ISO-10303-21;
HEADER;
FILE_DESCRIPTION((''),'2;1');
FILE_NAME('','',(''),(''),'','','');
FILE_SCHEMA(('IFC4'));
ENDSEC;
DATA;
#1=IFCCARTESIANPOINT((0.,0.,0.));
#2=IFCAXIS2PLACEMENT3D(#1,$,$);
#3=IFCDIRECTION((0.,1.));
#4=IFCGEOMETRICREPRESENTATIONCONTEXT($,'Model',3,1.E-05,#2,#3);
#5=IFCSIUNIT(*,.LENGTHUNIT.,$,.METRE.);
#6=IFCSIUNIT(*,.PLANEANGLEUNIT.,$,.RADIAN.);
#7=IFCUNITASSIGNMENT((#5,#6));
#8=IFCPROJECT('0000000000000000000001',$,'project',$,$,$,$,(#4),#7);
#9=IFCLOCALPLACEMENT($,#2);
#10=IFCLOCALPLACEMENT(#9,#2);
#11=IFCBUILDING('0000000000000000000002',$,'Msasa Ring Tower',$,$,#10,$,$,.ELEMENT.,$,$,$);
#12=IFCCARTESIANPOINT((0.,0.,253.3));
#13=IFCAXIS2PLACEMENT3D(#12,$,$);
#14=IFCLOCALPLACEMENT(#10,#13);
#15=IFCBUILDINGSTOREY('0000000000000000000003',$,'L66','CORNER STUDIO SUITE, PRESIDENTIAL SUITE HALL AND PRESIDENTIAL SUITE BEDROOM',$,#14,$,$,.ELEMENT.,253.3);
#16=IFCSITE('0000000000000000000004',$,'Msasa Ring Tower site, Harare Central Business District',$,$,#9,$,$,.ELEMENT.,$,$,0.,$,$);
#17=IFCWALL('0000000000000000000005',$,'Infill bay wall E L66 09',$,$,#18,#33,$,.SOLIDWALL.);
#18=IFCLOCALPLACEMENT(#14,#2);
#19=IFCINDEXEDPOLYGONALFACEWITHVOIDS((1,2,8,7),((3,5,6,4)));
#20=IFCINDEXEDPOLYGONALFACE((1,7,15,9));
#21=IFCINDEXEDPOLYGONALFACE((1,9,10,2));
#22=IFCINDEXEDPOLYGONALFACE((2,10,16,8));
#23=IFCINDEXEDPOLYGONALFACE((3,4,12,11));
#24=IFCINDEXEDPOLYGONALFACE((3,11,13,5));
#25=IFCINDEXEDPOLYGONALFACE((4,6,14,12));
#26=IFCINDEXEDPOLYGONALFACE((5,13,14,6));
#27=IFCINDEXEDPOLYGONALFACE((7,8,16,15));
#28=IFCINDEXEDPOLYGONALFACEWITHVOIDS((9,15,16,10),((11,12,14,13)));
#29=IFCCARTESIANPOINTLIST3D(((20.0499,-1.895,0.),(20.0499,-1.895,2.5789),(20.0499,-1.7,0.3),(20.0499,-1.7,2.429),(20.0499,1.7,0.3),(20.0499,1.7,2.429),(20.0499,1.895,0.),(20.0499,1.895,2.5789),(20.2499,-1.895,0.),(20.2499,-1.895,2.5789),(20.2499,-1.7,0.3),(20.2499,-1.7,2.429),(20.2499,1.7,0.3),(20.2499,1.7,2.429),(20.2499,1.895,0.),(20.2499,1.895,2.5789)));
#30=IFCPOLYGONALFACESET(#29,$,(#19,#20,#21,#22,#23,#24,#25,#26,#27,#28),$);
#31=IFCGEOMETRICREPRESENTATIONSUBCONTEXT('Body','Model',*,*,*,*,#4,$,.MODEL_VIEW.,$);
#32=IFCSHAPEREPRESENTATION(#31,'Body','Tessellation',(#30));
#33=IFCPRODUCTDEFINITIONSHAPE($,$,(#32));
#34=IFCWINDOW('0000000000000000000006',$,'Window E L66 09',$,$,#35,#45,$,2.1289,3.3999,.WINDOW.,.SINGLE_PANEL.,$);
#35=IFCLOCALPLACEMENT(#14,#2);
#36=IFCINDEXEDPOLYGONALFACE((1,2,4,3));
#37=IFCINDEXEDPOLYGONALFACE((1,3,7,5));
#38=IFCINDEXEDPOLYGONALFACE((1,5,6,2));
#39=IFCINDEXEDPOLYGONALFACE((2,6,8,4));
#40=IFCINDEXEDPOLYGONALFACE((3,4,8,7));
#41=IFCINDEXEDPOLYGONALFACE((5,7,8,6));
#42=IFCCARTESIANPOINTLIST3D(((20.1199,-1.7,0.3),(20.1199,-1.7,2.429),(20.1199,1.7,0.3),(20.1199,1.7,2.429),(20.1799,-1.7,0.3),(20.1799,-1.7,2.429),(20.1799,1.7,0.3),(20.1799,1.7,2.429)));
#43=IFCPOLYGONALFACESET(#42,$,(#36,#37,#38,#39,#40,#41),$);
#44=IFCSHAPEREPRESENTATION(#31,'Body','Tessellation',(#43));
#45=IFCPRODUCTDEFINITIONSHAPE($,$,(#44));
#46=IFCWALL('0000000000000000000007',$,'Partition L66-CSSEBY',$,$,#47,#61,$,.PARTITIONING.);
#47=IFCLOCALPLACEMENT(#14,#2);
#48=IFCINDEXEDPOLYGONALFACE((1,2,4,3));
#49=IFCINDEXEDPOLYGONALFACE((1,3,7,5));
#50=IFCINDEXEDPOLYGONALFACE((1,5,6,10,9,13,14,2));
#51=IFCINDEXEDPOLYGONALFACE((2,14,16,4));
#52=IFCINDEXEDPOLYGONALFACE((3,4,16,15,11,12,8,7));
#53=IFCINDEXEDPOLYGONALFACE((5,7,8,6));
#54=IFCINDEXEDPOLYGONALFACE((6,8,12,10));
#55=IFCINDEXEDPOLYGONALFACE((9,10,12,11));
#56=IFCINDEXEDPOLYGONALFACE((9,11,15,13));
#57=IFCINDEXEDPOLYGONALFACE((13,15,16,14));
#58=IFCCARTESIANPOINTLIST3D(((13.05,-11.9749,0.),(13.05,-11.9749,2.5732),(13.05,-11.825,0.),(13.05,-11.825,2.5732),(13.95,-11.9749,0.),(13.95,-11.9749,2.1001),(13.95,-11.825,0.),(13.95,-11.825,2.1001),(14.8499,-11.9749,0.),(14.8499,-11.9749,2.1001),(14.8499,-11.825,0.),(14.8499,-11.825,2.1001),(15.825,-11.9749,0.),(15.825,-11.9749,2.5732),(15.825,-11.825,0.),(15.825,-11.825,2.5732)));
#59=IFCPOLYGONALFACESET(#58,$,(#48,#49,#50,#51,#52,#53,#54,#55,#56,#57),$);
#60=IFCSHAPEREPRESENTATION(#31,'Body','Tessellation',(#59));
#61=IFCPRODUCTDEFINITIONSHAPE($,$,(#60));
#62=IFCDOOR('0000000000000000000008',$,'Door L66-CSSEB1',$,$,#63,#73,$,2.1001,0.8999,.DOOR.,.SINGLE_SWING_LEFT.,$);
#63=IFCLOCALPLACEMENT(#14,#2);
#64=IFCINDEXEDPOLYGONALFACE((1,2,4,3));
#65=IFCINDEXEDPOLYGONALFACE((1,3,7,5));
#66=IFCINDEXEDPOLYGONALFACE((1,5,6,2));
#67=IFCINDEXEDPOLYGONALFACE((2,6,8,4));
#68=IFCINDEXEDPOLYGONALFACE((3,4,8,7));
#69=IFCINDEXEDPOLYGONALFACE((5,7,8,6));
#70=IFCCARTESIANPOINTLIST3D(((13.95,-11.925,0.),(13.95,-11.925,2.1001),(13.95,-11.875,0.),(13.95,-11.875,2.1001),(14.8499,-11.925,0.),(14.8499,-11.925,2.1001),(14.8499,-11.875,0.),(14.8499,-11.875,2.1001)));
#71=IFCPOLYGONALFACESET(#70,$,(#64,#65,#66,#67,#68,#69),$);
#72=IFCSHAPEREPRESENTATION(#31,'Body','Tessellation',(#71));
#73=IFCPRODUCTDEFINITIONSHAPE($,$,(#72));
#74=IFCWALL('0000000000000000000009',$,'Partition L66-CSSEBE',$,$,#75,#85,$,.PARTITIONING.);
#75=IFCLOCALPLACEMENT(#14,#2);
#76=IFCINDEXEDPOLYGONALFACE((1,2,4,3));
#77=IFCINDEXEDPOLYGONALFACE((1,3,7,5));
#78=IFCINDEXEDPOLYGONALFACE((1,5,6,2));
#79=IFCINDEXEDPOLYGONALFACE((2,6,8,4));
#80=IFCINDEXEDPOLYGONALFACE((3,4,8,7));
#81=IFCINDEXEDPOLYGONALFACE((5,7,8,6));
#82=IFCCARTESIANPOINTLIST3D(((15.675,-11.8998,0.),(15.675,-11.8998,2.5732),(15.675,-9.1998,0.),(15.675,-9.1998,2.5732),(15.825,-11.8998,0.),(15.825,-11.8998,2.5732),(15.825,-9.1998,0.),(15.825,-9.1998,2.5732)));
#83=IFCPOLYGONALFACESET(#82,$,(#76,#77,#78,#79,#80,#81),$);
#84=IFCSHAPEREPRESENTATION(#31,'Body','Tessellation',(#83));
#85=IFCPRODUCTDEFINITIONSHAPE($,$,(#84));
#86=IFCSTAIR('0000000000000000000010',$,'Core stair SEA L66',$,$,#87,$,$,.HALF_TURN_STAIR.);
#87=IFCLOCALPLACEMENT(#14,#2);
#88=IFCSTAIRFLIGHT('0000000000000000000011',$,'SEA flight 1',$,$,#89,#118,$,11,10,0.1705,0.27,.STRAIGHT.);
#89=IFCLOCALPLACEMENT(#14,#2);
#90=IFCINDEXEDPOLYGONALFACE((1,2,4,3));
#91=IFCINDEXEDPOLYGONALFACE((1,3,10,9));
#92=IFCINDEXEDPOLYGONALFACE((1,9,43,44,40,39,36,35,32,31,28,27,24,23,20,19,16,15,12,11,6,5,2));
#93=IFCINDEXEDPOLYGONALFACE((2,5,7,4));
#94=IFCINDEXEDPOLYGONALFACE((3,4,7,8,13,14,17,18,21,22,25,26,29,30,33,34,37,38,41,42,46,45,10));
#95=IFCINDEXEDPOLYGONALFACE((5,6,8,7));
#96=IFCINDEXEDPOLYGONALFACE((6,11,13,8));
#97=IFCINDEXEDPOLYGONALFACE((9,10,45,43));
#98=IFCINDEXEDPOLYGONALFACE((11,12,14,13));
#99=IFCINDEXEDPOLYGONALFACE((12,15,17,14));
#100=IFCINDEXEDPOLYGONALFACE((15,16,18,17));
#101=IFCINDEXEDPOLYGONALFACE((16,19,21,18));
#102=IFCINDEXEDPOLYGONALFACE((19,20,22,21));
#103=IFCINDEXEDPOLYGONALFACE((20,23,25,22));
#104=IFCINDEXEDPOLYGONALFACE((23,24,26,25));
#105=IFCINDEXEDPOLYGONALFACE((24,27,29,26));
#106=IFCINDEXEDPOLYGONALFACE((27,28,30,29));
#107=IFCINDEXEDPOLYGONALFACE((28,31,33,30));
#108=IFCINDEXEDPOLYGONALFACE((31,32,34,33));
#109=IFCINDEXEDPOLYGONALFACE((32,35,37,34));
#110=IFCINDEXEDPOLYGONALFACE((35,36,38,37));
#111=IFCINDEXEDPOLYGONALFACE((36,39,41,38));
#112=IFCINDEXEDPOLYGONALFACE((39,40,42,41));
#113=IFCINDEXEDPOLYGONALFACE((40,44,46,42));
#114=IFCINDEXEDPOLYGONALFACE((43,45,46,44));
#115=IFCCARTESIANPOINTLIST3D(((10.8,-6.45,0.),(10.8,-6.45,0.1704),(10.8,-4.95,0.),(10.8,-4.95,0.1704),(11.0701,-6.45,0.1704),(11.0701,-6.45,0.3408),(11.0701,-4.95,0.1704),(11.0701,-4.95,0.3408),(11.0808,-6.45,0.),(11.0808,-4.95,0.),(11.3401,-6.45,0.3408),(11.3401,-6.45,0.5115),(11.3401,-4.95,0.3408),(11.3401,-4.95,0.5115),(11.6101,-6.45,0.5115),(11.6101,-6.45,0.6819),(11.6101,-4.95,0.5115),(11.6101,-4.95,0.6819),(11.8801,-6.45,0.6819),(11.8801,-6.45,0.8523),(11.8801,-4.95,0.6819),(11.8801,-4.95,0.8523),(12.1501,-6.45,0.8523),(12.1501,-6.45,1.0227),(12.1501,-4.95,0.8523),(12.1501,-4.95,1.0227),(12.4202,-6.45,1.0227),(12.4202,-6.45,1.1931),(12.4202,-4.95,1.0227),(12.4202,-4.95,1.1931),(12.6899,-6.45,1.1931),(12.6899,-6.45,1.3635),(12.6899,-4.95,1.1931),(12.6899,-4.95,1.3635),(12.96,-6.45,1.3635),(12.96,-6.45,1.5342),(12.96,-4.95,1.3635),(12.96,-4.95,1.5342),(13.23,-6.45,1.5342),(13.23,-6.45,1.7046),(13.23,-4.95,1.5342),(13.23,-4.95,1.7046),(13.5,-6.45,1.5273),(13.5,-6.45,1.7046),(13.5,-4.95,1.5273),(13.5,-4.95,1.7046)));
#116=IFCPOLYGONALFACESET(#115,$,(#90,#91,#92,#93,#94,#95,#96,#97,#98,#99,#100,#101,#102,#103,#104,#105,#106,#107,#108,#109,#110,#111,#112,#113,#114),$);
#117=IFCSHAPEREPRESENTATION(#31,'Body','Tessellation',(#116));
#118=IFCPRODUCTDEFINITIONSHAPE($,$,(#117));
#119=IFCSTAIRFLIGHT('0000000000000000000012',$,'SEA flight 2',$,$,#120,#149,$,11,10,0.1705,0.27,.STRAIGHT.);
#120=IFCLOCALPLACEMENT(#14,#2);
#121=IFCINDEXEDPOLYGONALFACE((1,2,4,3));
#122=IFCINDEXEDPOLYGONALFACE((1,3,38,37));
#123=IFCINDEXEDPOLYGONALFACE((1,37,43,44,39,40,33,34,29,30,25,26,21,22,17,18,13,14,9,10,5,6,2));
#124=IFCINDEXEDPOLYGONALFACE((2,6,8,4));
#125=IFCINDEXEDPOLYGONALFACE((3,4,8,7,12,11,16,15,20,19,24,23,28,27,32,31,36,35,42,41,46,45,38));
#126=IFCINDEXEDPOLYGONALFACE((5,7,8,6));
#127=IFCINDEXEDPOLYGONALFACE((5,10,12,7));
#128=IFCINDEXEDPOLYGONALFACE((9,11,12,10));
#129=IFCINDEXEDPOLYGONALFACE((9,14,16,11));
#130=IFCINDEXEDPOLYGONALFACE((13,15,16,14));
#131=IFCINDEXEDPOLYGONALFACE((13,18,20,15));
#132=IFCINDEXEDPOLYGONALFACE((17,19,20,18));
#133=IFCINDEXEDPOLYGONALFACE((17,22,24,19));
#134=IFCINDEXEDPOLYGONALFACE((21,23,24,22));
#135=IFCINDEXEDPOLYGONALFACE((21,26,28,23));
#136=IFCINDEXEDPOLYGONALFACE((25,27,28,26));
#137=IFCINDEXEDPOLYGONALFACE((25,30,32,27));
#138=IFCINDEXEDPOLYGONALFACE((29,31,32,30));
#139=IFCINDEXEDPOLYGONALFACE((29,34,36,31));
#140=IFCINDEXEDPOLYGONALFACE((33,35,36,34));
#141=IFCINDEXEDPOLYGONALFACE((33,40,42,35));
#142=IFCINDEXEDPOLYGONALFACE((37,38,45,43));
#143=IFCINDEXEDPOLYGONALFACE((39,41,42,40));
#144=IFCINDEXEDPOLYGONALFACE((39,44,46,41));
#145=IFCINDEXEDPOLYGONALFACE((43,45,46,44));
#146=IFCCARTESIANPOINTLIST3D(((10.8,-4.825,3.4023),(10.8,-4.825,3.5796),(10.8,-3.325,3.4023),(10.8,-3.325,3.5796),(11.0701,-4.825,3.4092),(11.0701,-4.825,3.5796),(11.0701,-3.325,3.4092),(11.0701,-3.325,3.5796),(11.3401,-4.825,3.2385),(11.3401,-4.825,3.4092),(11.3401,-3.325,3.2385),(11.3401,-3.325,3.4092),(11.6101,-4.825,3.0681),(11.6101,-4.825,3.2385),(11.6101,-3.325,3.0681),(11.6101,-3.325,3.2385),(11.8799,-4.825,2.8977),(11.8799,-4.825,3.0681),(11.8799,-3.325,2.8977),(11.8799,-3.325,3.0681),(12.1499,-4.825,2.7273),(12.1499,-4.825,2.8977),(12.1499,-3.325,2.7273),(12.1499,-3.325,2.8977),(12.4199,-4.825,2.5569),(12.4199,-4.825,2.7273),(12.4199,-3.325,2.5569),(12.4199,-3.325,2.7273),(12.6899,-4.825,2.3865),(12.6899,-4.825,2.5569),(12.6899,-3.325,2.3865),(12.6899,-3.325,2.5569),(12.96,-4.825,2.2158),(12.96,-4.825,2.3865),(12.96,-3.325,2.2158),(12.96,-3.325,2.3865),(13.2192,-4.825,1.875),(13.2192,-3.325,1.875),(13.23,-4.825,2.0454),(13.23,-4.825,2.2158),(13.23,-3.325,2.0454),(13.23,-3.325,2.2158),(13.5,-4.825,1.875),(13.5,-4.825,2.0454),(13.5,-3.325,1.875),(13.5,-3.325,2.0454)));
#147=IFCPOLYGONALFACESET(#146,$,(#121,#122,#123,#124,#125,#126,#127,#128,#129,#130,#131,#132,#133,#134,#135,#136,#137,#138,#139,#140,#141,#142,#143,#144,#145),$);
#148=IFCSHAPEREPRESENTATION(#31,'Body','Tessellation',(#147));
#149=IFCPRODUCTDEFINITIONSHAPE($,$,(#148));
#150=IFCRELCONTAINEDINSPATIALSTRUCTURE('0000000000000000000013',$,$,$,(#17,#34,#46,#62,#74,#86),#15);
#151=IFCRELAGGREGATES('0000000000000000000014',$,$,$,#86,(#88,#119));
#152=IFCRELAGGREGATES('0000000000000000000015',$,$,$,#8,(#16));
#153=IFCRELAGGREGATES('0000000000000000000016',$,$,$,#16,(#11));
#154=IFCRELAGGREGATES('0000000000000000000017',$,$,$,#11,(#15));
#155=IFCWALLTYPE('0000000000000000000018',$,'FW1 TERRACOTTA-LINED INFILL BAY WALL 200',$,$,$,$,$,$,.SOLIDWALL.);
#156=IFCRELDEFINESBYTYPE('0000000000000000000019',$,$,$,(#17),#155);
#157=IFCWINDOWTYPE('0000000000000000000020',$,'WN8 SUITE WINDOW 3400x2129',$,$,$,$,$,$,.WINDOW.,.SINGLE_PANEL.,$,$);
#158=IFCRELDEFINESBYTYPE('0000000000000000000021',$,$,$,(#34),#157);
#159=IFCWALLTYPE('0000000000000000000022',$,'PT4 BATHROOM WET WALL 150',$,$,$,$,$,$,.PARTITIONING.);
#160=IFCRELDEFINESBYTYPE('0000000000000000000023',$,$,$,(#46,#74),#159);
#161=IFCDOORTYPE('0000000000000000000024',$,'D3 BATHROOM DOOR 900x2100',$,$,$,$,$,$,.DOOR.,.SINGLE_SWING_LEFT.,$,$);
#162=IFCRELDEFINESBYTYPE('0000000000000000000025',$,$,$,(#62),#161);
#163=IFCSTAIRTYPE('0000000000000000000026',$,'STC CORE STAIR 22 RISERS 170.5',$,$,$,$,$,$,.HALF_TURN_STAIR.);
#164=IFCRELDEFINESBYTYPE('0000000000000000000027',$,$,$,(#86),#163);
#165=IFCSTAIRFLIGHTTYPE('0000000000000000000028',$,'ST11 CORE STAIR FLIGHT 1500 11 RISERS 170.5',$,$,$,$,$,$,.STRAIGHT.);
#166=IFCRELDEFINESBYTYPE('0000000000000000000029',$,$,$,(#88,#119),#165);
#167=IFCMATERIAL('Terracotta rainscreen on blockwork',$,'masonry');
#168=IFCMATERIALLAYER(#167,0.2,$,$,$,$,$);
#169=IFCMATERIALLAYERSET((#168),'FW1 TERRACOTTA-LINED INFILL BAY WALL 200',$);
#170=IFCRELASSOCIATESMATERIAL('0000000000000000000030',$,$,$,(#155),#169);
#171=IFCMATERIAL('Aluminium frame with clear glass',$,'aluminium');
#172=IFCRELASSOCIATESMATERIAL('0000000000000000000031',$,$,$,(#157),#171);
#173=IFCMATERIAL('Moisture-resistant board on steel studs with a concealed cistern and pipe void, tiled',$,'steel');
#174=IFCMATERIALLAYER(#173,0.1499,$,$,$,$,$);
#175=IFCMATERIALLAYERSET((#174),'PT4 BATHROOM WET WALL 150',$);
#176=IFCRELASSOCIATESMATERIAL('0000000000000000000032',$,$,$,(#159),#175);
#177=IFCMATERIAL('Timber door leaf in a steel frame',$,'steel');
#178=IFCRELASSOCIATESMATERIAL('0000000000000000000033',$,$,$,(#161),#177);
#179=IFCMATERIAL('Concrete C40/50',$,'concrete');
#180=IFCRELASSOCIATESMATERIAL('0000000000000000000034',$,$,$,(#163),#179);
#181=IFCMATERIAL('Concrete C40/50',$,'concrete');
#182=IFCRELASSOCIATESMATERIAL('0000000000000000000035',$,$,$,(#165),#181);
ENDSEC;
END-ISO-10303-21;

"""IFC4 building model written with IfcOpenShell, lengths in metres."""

from ifc_helpers import new_model, si_unit, direction, frame, frame_2d, origin, place, context, subcontext, project, spatial, polyline, rectangle, outline, extrude, material, layer, layer_set, type_object, element, fill, aggregate, save


model = new_model("IFC4")

# Units and contexts
model_context = context("Model", 3, precision=1e-05, world=origin(), true_north=direction((0.0, 1.0)))
body_context = subcontext(model_context, "Body", "Model", "MODEL_VIEW")
ifc_project = project(units=[si_unit("LENGTHUNIT", "METRE"), si_unit("PLANEANGLEUNIT", "RADIAN")], contexts=[model_context])

# Site, building, storey
site_placement = place(None, origin())
site = spatial("IfcSite", under=ifc_project, at=site_placement, Name="Msasa Ring Tower site, Harare Central Business District", CompositionType="ELEMENT", RefElevation=0.0)
building_placement = place(site_placement, origin())
building = spatial("IfcBuilding", under=site, at=building_placement, Name="Msasa Ring Tower", CompositionType="ELEMENT")
storey_placement = place(building_placement, frame((0.0, 0.0, 253.3)))
storey = spatial("IfcBuildingStorey", under=building, at=storey_placement, Name="L66", Description="CORNER STUDIO SUITE, PRESIDENTIAL SUITE HALL AND PRESIDENTIAL SUITE BEDROOM", CompositionType="ELEMENT", Elevation=253.3)

# Wall, opening, window
ifc_material_1 = material(Name="Terracotta rainscreen on blockwork", Category="masonry")
ifc_layer_1 = layer(ifc_material_1, 0.2)
ifc_layer_set_1 = layer_set([ifc_layer_1], Name="FW1 TERRACOTTA-LINED INFILL BAY WALL 200")
wall_type_1 = type_object("IfcWallType", Name="FW1 TERRACOTTA-LINED INFILL BAY WALL 200", PredefinedType="SOLIDWALL", material=ifc_layer_set_1)
ifc_material_2 = material(Name="Aluminium frame with clear glass", Category="aluminium")
window_type = type_object("IfcWindowType", Name="WN8 SUITE WINDOW 3400x2129", PartitioningType="SINGLE_PANEL", PredefinedType="WINDOW", material=ifc_material_2)
wall_1_placement = place(storey_placement, frame((20.1499, -1.895, 0.0), z_axis=(0.0, 0.0, 1.0), x_axis=(0.0, 1.0, 0.0)))
wall_1 = element("IfcWall", 1, at=wall_1_placement, inside=storey, type_object=wall_type_1, Name="Infill bay wall E L66 09", PredefinedType="SOLIDWALL", context=body_context, shape_type="SweptSolid", body=[
    extrude(rectangle(XDim=3.79, YDim=0.2, at=frame_2d((1.895, 0.0))), origin(), (0.0, 0.0, 1.0), 2.5789),
])
opening_1_placement = place(wall_1_placement, frame((0.1951, 0.0, 0.3)))
opening_1 = element("IfcOpeningElement", 2, at=opening_1_placement, cuts=wall_1, PredefinedType="OPENING", context=body_context, shape_type="SweptSolid", body=[
    extrude(rectangle(XDim=3.3999, YDim=2.1289, at=frame_2d((1.7, 1.0645))), frame((0.0, 0.1099, 0.0), z_axis=(0.0, -1.0, 0.0), x_axis=(1.0, 0.0, 0.0)), (0.0, 0.0, 1.0), 0.22),
])
window_1_placement = place(opening_1_placement, origin())
window_1 = element("IfcWindow", 3, at=window_1_placement, inside=storey, type_object=window_type, Name="Window E L66 09", OverallHeight=2.1289, OverallWidth=3.3999, PartitioningType="SINGLE_PANEL", PredefinedType="WINDOW", context=body_context, shape_type="SweptSolid", body=[
    extrude(rectangle(XDim=3.3999, YDim=2.1289, at=frame_2d((1.7, 1.0645))), frame((0.0, 0.03, 0.0), z_axis=(0.0, -1.0, 0.0), x_axis=(1.0, 0.0, 0.0)), (0.0, 0.0, 1.0), 0.0601),
])
fill(opening_1, window_1)

# Wall, opening, door
ifc_material_3 = material(Name="Moisture-resistant board on steel studs with a concealed cistern and pipe void, tiled", Category="steel")
ifc_layer_2 = layer(ifc_material_3, 0.1499)
ifc_layer_set_2 = layer_set([ifc_layer_2], Name="PT4 BATHROOM WET WALL 150")
wall_type_2 = type_object("IfcWallType", Name="PT4 BATHROOM WET WALL 150", PredefinedType="PARTITIONING", material=ifc_layer_set_2)
wall_2_placement = place(storey_placement, frame((13.05, -11.8999, 0.0), z_axis=(0.0, 0.0, 1.0), x_axis=(1.0, 0.0, 0.0)))
wall_2 = element("IfcWall", 4, at=wall_2_placement, inside=storey, type_object=wall_type_2, Name="Partition L66-CSSEBY", PredefinedType="PARTITIONING", context=body_context, shape_type="SweptSolid", body=[
    extrude(rectangle(XDim=2.7749, YDim=0.1499, at=frame_2d((1.3875, 0.0))), origin(), (0.0, 0.0, 1.0), 2.5732),
])
opening_2_placement = place(wall_2_placement, frame((0.8999, 0.0, 0.0)))
opening_2 = element("IfcOpeningElement", 5, at=opening_2_placement, cuts=wall_2, PredefinedType="OPENING", context=body_context, shape_type="SweptSolid", body=[
    extrude(rectangle(XDim=0.8999, YDim=2.1001, at=frame_2d((0.45, 1.05))), frame((0.0, 0.085, 0.0), z_axis=(0.0, -1.0, 0.0), x_axis=(1.0, 0.0, 0.0)), (0.0, 0.0, 1.0), 0.1699),
])
ifc_material_4 = material(Name="Timber door leaf in a steel frame", Category="steel")
door_type_1 = type_object("IfcDoorType", Name="D3 BATHROOM DOOR 900x2100", OperationType="SINGLE_SWING_LEFT", PredefinedType="DOOR", material=ifc_material_4)
door_1_placement = place(opening_2_placement, origin())
door_1 = element("IfcDoor", 6, at=door_1_placement, inside=storey, type_object=door_type_1, Name="Door L66-CSSEB1", OperationType="SINGLE_SWING_LEFT", OverallHeight=2.1001, OverallWidth=0.8999, PredefinedType="DOOR", context=body_context, shape_type="SweptSolid", body=[
    extrude(rectangle(XDim=0.8999, YDim=2.1001, at=frame_2d((0.45, 1.05))), frame((0.0, 0.0249, 0.0), z_axis=(0.0, -1.0, 0.0), x_axis=(1.0, 0.0, 0.0)), (0.0, 0.0, 1.0), 0.05),
])
fill(opening_2, door_1)

# Wall
wall_3_placement = place(storey_placement, frame((15.75, -11.8999, 0.0), z_axis=(0.0, 0.0, 1.0), x_axis=(0.0, 1.0, 0.0)))
element("IfcWall", 7, at=wall_3_placement, inside=storey, type_object=wall_type_2, Name="Partition L66-CSSEBE", PredefinedType="PARTITIONING", context=body_context, shape_type="SweptSolid", body=[
    extrude(rectangle(XDim=2.7, YDim=0.1499, at=frame_2d((1.3501, 0.0))), origin(), (0.0, 0.0, 1.0), 2.5732),
])

# Stair, stair flights
ifc_material_5 = material(Name="Concrete C40/50", Category="concrete")
stair_type = type_object("IfcStairType", Name="STC CORE STAIR 22 RISERS 170.5", PredefinedType="HALF_TURN_STAIR", material=ifc_material_5)
stair_placement = place(storey_placement, origin())
stair = element("IfcStair", 8, at=stair_placement, inside=storey, type_object=stair_type, Name="Core stair SEA L66", PredefinedType="HALF_TURN_STAIR")
ifc_material_6 = material(Name="Concrete C40/50", Category="concrete")
stair_flight_type = type_object("IfcStairFlightType", Name="ST11 CORE STAIR FLIGHT 1500 11 RISERS 170.5", PredefinedType="STRAIGHT", material=ifc_material_6)
stair_flight_1_placement = place(storey_placement, frame((10.8, -5.7, 0.0), z_axis=(0.0, 0.0, 1.0), x_axis=(1.0, 0.0, 0.0)))
stair_flight_1 = element("IfcStairFlight", 9, at=stair_flight_1_placement, type_object=stair_flight_type, Name="SEA flight 1", NumberOfRisers=11, NumberOfTreads=10, PredefinedType="STRAIGHT", RiserHeight=0.1705, TreadLength=0.27, context=body_context, shape_type="SweptSolid", body=[
    extrude(outline(polyline([(0.0, 0.0), (0.0, 0.1704), (0.27, 0.1704), (0.27, 0.3408), (0.54, 0.3408), (0.54, 0.5115), (0.8101, 0.5115), (0.8101, 0.6819), (1.0801, 0.6819), (1.0801, 0.8523), (1.3501, 0.8523), (1.3501, 1.0227), (1.6201, 1.0227), (1.6201, 1.1931), (1.8899, 1.1931), (1.8899, 1.3635), (2.1599, 1.3635), (2.1599, 1.5342), (2.4299, 1.5342), (2.4299, 1.7046), (2.7, 1.7046), (2.7, 1.875), (2.7, 1.5273), (0.2808, 0.0), (0.0, 0.0)])), frame((0.0, 0.75, 0.0), z_axis=(0.0, -1.0, 0.0), x_axis=(1.0, 0.0, 0.0)), (0.0, 0.0, 1.0), 1.5),
])
stair_flight_2_placement = place(storey_placement, frame((13.5, -4.075, 1.875), z_axis=(0.0, 0.0, 1.0), x_axis=(-1.0, 0.0, 0.0)))
stair_flight_2 = element("IfcStairFlight", 10, at=stair_flight_2_placement, type_object=stair_flight_type, Name="SEA flight 2", NumberOfRisers=11, NumberOfTreads=10, PredefinedType="STRAIGHT", RiserHeight=0.1705, TreadLength=0.27, context=body_context, shape_type="SweptSolid", body=[
    extrude(outline(polyline([(0.0, 0.0), (0.0, 0.1704), (0.27, 0.1704), (0.27, 0.3408), (0.54, 0.3408), (0.54, 0.5115), (0.8101, 0.5115), (0.8101, 0.6819), (1.0801, 0.6819), (1.0801, 0.8523), (1.3501, 0.8523), (1.3501, 1.0227), (1.6201, 1.0227), (1.6201, 1.1931), (1.8899, 1.1931), (1.8899, 1.3635), (2.1599, 1.3635), (2.1599, 1.5342), (2.4299, 1.5342), (2.4299, 1.7046), (2.7, 1.7046), (2.7, 1.875), (2.7, 1.5273), (0.2808, 0.0), (0.0, 0.0)])), frame((0.0, 0.75, 0.0), z_axis=(0.0, -1.0, 0.0), x_axis=(1.0, 0.0, 0.0)), (0.0, 0.0, 1.0), 1.5),
])
aggregate(stair, [stair_flight_1, stair_flight_2])

save(model, "model.ifc")
